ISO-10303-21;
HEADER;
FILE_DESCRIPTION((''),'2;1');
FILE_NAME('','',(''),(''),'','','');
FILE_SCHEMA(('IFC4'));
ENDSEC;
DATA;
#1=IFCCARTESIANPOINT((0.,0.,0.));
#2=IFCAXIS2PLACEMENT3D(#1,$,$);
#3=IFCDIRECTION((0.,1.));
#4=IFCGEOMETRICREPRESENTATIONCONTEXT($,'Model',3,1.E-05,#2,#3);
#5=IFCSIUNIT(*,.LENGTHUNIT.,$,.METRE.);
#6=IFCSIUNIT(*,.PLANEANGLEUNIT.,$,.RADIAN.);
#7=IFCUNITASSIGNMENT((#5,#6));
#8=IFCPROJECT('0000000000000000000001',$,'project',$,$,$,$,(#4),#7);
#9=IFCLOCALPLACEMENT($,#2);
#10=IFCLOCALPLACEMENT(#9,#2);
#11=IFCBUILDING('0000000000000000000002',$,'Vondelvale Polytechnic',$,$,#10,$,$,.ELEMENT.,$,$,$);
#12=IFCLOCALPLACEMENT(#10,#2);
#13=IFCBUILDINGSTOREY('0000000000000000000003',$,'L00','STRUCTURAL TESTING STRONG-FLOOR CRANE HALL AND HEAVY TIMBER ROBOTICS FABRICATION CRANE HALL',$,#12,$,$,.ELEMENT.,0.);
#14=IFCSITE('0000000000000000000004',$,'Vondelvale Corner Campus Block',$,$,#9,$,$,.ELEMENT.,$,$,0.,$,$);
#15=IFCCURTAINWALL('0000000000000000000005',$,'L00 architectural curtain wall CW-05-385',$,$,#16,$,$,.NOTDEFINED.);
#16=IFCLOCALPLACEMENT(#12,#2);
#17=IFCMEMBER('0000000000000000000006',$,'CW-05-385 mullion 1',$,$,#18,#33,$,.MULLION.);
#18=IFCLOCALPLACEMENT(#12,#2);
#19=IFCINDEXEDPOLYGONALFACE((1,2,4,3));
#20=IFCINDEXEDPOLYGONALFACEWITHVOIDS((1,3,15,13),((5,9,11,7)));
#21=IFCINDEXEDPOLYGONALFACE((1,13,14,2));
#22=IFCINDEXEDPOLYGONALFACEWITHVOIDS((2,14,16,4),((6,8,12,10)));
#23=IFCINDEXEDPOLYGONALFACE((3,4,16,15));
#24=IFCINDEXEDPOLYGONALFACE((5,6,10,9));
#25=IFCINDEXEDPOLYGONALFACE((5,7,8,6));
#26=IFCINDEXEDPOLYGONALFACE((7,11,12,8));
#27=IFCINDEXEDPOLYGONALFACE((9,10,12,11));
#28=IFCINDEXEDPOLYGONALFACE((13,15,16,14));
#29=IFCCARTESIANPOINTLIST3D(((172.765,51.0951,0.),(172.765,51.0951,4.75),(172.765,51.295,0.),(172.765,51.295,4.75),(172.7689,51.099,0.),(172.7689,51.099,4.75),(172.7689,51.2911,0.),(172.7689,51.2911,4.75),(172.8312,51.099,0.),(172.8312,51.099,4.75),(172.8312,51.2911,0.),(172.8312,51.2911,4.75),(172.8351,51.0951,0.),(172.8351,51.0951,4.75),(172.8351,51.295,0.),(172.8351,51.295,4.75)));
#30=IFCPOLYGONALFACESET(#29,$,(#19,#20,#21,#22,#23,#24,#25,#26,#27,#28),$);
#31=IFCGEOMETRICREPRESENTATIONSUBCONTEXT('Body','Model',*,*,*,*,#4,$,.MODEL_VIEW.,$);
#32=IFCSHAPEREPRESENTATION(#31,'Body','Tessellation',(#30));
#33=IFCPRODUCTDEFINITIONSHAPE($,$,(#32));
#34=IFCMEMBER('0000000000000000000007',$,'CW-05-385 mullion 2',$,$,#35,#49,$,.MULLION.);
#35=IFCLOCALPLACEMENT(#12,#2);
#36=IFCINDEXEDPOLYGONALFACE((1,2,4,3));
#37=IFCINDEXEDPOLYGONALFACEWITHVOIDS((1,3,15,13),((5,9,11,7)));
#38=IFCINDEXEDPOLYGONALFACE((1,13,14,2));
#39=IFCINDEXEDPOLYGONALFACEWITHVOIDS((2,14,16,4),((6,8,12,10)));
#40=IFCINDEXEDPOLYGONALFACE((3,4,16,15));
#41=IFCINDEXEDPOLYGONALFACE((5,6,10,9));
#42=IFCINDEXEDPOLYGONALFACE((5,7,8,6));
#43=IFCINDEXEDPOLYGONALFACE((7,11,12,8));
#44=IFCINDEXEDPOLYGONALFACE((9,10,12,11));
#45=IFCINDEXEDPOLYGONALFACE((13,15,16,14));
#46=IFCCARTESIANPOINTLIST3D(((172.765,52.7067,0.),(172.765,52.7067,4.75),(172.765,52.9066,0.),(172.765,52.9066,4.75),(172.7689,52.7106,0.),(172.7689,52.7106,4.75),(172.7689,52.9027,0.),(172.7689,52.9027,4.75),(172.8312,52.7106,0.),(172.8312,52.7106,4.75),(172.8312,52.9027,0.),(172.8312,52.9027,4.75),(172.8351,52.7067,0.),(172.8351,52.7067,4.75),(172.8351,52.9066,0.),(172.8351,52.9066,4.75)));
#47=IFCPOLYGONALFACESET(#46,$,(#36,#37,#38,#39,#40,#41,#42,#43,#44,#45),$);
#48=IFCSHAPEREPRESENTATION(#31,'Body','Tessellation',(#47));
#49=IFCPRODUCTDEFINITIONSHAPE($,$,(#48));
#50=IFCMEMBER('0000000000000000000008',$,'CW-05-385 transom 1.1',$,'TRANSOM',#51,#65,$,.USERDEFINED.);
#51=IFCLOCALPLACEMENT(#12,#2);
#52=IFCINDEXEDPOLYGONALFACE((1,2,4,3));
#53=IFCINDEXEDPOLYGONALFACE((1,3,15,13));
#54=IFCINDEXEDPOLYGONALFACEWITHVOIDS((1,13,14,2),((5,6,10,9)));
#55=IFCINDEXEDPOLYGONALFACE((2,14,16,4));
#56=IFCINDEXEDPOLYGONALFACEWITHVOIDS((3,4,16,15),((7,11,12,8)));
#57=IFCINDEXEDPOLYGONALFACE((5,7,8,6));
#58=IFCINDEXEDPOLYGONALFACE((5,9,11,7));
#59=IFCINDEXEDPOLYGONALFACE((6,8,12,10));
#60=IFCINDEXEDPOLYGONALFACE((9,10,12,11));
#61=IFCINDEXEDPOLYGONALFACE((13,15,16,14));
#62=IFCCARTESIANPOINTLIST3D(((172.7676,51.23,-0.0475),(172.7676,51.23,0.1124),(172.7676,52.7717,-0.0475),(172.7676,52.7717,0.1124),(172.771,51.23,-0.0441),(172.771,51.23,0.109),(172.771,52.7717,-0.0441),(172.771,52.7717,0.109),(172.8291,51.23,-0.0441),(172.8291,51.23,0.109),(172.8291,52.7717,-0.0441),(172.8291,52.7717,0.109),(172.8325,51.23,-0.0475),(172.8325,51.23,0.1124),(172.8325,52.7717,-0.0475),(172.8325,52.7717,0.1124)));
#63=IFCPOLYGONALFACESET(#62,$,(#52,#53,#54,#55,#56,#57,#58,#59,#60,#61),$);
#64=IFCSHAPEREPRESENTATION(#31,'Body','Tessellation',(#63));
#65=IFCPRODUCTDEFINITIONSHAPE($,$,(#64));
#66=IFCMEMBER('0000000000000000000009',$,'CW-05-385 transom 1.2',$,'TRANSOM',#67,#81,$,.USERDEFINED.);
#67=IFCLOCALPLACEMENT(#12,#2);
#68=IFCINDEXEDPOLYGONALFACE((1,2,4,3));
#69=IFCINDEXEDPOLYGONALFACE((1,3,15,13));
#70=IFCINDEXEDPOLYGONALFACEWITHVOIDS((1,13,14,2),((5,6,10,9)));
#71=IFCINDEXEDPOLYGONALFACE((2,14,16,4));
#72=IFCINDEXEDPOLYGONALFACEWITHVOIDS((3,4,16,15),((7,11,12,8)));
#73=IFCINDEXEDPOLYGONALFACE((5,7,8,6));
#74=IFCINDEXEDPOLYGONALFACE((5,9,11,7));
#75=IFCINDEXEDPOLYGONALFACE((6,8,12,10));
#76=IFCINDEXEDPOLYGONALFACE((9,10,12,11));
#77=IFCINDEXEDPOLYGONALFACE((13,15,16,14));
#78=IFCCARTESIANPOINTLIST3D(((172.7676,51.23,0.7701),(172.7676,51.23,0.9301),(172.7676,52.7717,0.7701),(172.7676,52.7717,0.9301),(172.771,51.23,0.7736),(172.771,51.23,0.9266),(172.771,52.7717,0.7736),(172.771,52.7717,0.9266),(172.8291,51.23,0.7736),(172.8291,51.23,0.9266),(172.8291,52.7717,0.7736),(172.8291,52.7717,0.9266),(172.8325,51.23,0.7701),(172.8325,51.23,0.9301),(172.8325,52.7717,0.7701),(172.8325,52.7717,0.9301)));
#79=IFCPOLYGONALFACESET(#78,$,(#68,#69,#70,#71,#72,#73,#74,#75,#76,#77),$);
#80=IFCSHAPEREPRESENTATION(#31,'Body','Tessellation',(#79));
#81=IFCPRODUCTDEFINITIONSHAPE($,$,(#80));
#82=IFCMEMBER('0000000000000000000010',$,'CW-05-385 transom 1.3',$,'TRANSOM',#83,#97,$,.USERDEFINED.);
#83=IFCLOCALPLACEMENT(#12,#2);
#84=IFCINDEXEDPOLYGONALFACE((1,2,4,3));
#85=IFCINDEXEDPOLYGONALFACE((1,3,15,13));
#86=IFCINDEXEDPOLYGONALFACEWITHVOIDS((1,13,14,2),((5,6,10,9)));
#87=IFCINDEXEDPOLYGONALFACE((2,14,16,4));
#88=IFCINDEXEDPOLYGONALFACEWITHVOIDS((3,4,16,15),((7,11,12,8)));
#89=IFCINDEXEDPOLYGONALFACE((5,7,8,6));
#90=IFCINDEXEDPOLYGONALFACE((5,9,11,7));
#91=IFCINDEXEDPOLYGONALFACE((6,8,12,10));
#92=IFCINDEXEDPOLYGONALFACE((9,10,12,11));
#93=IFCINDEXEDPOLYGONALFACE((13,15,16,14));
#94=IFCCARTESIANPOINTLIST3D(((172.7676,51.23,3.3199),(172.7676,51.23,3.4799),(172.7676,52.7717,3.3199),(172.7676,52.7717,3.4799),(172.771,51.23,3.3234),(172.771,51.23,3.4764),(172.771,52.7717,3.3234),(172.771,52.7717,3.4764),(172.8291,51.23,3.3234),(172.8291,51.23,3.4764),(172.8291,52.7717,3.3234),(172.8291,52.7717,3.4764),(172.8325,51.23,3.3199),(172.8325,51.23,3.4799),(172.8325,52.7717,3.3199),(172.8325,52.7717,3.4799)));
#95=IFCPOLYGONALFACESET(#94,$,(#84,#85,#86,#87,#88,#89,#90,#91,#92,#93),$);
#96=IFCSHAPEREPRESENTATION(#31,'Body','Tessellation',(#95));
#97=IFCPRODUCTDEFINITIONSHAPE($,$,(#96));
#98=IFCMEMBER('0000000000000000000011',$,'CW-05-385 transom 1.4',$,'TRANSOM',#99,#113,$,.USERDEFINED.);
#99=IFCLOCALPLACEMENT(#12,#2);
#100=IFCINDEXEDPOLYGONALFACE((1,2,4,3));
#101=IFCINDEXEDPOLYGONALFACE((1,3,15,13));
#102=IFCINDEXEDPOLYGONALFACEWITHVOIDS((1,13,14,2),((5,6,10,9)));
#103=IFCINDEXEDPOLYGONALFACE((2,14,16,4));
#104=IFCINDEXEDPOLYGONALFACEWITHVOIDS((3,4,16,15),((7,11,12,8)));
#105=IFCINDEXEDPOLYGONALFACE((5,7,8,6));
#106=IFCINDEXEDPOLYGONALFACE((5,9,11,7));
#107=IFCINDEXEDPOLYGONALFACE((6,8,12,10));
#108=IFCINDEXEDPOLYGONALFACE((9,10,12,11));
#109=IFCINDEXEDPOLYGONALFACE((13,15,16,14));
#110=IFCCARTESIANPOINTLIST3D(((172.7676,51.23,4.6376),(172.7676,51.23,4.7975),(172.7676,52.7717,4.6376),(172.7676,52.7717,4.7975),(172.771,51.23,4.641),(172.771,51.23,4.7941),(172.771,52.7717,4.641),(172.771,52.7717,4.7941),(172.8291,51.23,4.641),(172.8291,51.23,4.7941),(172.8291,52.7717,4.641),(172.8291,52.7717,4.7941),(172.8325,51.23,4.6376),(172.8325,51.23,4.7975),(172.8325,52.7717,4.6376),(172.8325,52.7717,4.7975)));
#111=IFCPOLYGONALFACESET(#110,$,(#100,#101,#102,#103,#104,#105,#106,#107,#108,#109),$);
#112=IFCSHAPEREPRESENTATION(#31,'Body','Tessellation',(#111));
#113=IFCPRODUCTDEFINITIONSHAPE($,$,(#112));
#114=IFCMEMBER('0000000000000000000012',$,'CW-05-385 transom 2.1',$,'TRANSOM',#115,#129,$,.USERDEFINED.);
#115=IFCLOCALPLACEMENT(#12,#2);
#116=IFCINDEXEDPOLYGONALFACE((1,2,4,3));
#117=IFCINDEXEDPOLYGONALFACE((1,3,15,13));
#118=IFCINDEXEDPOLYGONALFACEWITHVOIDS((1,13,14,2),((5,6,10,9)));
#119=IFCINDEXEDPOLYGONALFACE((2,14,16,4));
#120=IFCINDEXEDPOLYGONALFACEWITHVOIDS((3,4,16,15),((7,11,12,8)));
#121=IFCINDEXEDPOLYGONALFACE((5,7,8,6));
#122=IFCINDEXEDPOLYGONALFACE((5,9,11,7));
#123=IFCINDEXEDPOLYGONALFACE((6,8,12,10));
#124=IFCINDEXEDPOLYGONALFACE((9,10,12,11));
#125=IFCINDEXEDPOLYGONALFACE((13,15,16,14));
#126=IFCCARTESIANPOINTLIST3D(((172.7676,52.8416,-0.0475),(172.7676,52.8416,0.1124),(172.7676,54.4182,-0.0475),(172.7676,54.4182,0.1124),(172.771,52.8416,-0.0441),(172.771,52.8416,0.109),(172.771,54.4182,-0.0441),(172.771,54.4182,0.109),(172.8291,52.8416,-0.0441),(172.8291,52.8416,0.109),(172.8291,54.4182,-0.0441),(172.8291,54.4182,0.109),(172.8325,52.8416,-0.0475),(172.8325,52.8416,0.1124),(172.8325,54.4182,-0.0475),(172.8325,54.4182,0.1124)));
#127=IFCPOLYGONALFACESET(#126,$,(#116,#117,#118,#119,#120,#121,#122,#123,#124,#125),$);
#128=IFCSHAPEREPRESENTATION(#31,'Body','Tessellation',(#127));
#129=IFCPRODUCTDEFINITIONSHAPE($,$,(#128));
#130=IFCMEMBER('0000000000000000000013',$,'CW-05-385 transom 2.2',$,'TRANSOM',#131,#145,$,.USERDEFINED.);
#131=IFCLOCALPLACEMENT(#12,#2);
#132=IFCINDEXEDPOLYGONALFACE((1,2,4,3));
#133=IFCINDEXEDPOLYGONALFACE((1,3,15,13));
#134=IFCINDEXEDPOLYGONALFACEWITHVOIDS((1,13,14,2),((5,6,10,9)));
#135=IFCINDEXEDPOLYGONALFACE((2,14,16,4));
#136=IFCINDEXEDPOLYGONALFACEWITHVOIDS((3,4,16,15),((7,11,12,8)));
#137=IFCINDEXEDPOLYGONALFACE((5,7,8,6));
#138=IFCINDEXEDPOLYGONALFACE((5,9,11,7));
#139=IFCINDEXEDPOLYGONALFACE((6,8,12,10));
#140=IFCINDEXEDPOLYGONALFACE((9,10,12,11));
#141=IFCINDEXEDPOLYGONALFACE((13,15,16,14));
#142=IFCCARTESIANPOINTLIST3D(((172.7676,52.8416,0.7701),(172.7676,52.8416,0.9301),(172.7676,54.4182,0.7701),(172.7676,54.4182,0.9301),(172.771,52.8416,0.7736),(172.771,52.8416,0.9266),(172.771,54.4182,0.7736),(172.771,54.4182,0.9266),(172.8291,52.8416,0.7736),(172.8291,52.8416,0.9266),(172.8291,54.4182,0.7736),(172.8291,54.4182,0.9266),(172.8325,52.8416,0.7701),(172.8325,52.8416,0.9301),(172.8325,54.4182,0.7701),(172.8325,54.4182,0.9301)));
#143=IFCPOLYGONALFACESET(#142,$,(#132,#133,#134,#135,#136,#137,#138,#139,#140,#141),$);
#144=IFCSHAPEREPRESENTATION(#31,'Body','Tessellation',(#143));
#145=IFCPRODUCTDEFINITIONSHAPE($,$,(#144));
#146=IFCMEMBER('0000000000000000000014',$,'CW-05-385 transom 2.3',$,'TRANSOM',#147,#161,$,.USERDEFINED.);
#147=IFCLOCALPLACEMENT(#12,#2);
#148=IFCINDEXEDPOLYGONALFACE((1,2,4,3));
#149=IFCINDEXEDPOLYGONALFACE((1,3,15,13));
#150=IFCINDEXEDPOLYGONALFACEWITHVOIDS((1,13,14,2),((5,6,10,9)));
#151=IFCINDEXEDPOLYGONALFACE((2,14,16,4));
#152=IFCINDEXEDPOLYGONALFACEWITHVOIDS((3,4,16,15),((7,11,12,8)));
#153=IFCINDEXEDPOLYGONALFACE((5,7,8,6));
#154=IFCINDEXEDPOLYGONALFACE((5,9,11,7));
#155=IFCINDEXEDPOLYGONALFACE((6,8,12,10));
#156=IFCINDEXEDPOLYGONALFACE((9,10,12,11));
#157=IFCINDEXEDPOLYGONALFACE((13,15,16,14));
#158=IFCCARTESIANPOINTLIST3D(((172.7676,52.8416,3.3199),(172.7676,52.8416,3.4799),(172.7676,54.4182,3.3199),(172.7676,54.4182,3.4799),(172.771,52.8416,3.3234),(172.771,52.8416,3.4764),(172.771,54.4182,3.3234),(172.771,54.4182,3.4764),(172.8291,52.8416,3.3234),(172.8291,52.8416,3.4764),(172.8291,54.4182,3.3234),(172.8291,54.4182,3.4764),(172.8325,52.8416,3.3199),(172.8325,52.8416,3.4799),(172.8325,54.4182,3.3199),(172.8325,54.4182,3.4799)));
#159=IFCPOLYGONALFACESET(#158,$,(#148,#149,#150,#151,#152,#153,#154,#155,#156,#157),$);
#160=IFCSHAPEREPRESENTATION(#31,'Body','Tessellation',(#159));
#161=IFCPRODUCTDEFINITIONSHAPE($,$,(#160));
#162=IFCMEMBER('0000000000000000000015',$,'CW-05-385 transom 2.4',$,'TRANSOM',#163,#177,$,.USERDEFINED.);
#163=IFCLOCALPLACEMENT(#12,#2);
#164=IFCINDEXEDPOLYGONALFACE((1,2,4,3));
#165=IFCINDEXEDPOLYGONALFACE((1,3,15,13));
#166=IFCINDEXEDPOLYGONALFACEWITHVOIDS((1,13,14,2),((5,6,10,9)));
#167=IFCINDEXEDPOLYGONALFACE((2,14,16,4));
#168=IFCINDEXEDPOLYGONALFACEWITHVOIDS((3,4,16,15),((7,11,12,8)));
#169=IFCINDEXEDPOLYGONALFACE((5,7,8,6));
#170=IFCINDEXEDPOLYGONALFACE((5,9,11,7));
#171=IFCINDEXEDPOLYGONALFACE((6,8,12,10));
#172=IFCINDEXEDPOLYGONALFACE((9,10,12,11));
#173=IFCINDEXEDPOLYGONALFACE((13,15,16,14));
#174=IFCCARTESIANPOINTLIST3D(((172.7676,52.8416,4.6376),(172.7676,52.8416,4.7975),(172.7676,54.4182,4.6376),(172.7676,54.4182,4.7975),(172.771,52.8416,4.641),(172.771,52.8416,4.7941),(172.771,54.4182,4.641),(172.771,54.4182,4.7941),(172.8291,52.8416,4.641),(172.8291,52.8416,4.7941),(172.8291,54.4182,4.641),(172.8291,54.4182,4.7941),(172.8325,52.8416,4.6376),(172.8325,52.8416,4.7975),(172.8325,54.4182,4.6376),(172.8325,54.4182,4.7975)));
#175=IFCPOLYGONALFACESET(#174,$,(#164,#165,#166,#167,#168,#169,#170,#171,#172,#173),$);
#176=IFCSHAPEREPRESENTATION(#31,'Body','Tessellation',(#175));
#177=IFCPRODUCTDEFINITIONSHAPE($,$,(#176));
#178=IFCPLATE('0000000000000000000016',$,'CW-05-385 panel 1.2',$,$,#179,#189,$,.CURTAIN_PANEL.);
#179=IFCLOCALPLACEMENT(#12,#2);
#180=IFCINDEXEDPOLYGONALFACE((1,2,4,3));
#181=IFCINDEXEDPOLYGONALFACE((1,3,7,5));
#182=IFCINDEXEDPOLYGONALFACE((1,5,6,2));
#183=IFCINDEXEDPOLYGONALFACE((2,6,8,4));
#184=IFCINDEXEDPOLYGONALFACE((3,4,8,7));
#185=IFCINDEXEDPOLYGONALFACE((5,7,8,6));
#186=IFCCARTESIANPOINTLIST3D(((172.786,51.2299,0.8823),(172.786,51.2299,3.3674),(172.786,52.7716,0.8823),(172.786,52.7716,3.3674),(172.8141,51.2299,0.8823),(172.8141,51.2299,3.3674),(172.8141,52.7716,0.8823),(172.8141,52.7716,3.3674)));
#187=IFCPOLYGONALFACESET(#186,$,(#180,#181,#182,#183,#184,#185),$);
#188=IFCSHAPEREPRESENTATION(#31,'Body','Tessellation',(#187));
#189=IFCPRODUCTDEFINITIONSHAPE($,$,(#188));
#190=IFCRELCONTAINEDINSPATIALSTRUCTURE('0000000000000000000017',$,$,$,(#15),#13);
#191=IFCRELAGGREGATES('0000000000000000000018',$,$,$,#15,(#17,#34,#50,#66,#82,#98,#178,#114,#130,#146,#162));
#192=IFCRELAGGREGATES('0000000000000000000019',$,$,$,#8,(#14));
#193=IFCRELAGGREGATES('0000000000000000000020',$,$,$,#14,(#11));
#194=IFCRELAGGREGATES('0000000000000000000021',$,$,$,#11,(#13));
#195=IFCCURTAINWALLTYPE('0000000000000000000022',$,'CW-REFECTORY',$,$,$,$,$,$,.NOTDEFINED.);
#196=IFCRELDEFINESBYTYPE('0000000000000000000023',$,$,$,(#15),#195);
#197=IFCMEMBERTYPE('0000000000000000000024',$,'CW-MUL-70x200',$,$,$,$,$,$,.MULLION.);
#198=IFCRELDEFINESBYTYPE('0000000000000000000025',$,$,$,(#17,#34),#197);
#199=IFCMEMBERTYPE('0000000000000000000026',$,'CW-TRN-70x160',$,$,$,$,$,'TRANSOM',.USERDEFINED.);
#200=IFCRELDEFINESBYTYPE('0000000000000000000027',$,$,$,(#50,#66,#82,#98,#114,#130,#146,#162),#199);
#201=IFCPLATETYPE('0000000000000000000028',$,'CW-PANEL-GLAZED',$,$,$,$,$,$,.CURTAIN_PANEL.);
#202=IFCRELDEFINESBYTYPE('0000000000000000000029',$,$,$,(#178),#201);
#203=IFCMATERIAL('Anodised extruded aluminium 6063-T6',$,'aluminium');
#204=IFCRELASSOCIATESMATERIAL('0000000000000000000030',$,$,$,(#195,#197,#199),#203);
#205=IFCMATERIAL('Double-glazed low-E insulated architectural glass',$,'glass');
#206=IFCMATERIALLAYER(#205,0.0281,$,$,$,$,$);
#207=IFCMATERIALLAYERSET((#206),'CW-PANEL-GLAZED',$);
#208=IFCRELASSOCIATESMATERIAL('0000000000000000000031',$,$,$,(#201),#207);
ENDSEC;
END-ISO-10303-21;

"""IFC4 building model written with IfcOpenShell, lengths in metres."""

from ifc_helpers import new_model, si_unit, direction, frame, origin, origin_2d, place, context, subcontext, project, spatial, rectangle, hollow_rectangle, extrude, material, layer, layer_set, material_profile, profile_set, type_object, element, aggregate, save


model = new_model("IFC4")

# Units and contexts
model_context = context("Model", 3, precision=1e-05, world=origin(), true_north=direction((0.0, 1.0)))
body_context = subcontext(model_context, "Body", "Model", "MODEL_VIEW")
ifc_project = project(units=[si_unit("LENGTHUNIT", "METRE"), si_unit("PLANEANGLEUNIT", "RADIAN")], contexts=[model_context])

# Site, building, storey
site_placement = place(None, origin())
site = spatial("IfcSite", under=ifc_project, at=site_placement, Name="Vondelvale Corner Campus Block", CompositionType="ELEMENT", RefElevation=0.0)
building_placement = place(site_placement, origin())
building = spatial("IfcBuilding", under=site, at=building_placement, Name="Vondelvale Polytechnic", CompositionType="ELEMENT")
storey_placement = place(building_placement, origin())
storey = spatial("IfcBuildingStorey", under=building, at=storey_placement, Name="L00", Description="STRUCTURAL TESTING STRONG-FLOOR CRANE HALL AND HEAVY TIMBER ROBOTICS FABRICATION CRANE HALL", CompositionType="ELEMENT", Elevation=0.0)

# Curtain wall, members, plate
ifc_material_1 = material(Name="Anodised extruded aluminium 6063-T6", Category="aluminium")
curtain_wall_type = type_object("IfcCurtainWallType", Name="CW-REFECTORY", PredefinedType="NOTDEFINED", material=ifc_material_1)
curtain_wall_placement = place(storey_placement, origin())
curtain_wall = element("IfcCurtainWall", 1, at=curtain_wall_placement, inside=storey, type_object=curtain_wall_type, Name="L00 architectural curtain wall CW-05-385", PredefinedType="NOTDEFINED")
ifc_material_profile_1 = material_profile(ifc_material_1, hollow_rectangle(XDim=0.0701, YDim=0.2, WallThickness=0.0039, at=origin_2d()), Name="CW-MUL-200x70")
ifc_profile_set_1 = profile_set([ifc_material_profile_1], Name="Anodised extruded aluminium 6063-T6")
member_type_1 = type_object("IfcMemberType", Name="CW-MUL-70x200", PredefinedType="MULLION", material=ifc_profile_set_1)
member_1_placement = place(storey_placement, frame((172.8, 51.1951, 0.0), z_axis=(0.0, 0.0, 1.0), x_axis=(-1.0, 0.0, 0.0)))
member_1 = element("IfcMember", 2, at=member_1_placement, type_object=member_type_1, Name="CW-05-385 mullion 1", PredefinedType="MULLION", context=body_context, shape_type="SweptSolid", body=[
    extrude(hollow_rectangle(XDim=0.0701, YDim=0.2, WallThickness=0.0039, at=origin_2d()), origin(), (0.0, 0.0, 1.0), 4.75),
])
member_2_placement = place(storey_placement, frame((172.8, 52.8066, 0.0), z_axis=(0.0, 0.0, 1.0), x_axis=(-1.0, 0.0, 0.0)))
member_2 = element("IfcMember", 3, at=member_2_placement, type_object=member_type_1, Name="CW-05-385 mullion 2", PredefinedType="MULLION", context=body_context, shape_type="SweptSolid", body=[
    extrude(hollow_rectangle(XDim=0.0701, YDim=0.2, WallThickness=0.0039, at=origin_2d()), origin(), (0.0, 0.0, 1.0), 4.75),
])
ifc_material_profile_2 = material_profile(ifc_material_1, hollow_rectangle(XDim=0.0649, YDim=0.1599, WallThickness=0.0034, at=origin_2d()), Name="CW-TRN-160x65")
ifc_profile_set_2 = profile_set([ifc_material_profile_2], Name="Anodised extruded aluminium 6063-T6")
member_type_2 = type_object("IfcMemberType", Name="CW-TRN-70x160", ElementType="TRANSOM", PredefinedType="USERDEFINED", material=ifc_profile_set_2)
member_3_placement = place(storey_placement, frame((172.8, 51.23, 0.0325), z_axis=(0.0, 1.0, 0.0), x_axis=(-1.0, 0.0, 0.0)))
member_3 = element("IfcMember", 4, at=member_3_placement, type_object=member_type_2, Name="CW-05-385 transom 1.1", ObjectType="TRANSOM", PredefinedType="USERDEFINED", context=body_context, shape_type="SweptSolid", body=[
    extrude(hollow_rectangle(XDim=0.0649, YDim=0.1599, WallThickness=0.0034, at=origin_2d()), origin(), (0.0, 0.0, 1.0), 1.5417),
])
member_4_placement = place(storey_placement, frame((172.8, 51.23, 0.8501), z_axis=(0.0, 1.0, 0.0), x_axis=(-1.0, 0.0, 0.0)))
member_4 = element("IfcMember", 5, at=member_4_placement, type_object=member_type_2, Name="CW-05-385 transom 1.2", ObjectType="TRANSOM", PredefinedType="USERDEFINED", context=body_context, shape_type="SweptSolid", body=[
    extrude(hollow_rectangle(XDim=0.0649, YDim=0.1599, WallThickness=0.0034, at=origin_2d()), origin(), (0.0, 0.0, 1.0), 1.5417),
])
member_5_placement = place(storey_placement, frame((172.8, 51.23, 3.3999), z_axis=(0.0, 1.0, 0.0), x_axis=(-1.0, 0.0, 0.0)))
member_5 = element("IfcMember", 6, at=member_5_placement, type_object=member_type_2, Name="CW-05-385 transom 1.3", ObjectType="TRANSOM", PredefinedType="USERDEFINED", context=body_context, shape_type="SweptSolid", body=[
    extrude(hollow_rectangle(XDim=0.0649, YDim=0.1599, WallThickness=0.0034, at=origin_2d()), origin(), (0.0, 0.0, 1.0), 1.5417),
])
member_6_placement = place(storey_placement, frame((172.8, 51.23, 4.7175), z_axis=(0.0, 1.0, 0.0), x_axis=(-1.0, 0.0, 0.0)))
member_6 = element("IfcMember", 7, at=member_6_placement, type_object=member_type_2, Name="CW-05-385 transom 1.4", ObjectType="TRANSOM", PredefinedType="USERDEFINED", context=body_context, shape_type="SweptSolid", body=[
    extrude(hollow_rectangle(XDim=0.0649, YDim=0.1599, WallThickness=0.0034, at=origin_2d()), origin(), (0.0, 0.0, 1.0), 1.5417),
])
member_7_placement = place(storey_placement, frame((172.8, 52.8416, 0.0325), z_axis=(0.0, 1.0, 0.0), x_axis=(-1.0, 0.0, 0.0)))
member_7 = element("IfcMember", 8, at=member_7_placement, type_object=member_type_2, Name="CW-05-385 transom 2.1", ObjectType="TRANSOM", PredefinedType="USERDEFINED", context=body_context, shape_type="SweptSolid", body=[
    extrude(hollow_rectangle(XDim=0.0649, YDim=0.1599, WallThickness=0.0034, at=origin_2d()), origin(), (0.0, 0.0, 1.0), 1.5767),
])
member_8_placement = place(storey_placement, frame((172.8, 52.8416, 0.8501), z_axis=(0.0, 1.0, 0.0), x_axis=(-1.0, 0.0, 0.0)))
member_8 = element("IfcMember", 9, at=member_8_placement, type_object=member_type_2, Name="CW-05-385 transom 2.2", ObjectType="TRANSOM", PredefinedType="USERDEFINED", context=body_context, shape_type="SweptSolid", body=[
    extrude(hollow_rectangle(XDim=0.0649, YDim=0.1599, WallThickness=0.0034, at=origin_2d()), origin(), (0.0, 0.0, 1.0), 1.5767),
])
member_9_placement = place(storey_placement, frame((172.8, 52.8416, 3.3999), z_axis=(0.0, 1.0, 0.0), x_axis=(-1.0, 0.0, 0.0)))
member_9 = element("IfcMember", 10, at=member_9_placement, type_object=member_type_2, Name="CW-05-385 transom 2.3", ObjectType="TRANSOM", PredefinedType="USERDEFINED", context=body_context, shape_type="SweptSolid", body=[
    extrude(hollow_rectangle(XDim=0.0649, YDim=0.1599, WallThickness=0.0034, at=origin_2d()), origin(), (0.0, 0.0, 1.0), 1.5767),
])
member_10_placement = place(storey_placement, frame((172.8, 52.8416, 4.7175), z_axis=(0.0, 1.0, 0.0), x_axis=(-1.0, 0.0, 0.0)))
member_10 = element("IfcMember", 11, at=member_10_placement, type_object=member_type_2, Name="CW-05-385 transom 2.4", ObjectType="TRANSOM", PredefinedType="USERDEFINED", context=body_context, shape_type="SweptSolid", body=[
    extrude(hollow_rectangle(XDim=0.0649, YDim=0.1599, WallThickness=0.0034, at=origin_2d()), origin(), (0.0, 0.0, 1.0), 1.5767),
])
ifc_material_2 = material(Name="Double-glazed low-E insulated architectural glass", Category="glass")
ifc_layer_1 = layer(ifc_material_2, 0.0281)
ifc_layer_set_1 = layer_set([ifc_layer_1], Name="CW-PANEL-GLAZED")
plate_type_1 = type_object("IfcPlateType", Name="CW-PANEL-GLAZED", PredefinedType="CURTAIN_PANEL", material=ifc_layer_set_1)
plate_1_placement = place(storey_placement, frame((172.8, 52.0007, 0.8823), z_axis=(0.0, 0.0, 1.0), x_axis=(0.0, 1.0, 0.0)))
plate_1 = element("IfcPlate", 12, at=plate_1_placement, type_object=plate_type_1, Name="CW-05-385 panel 1.2", PredefinedType="CURTAIN_PANEL", context=body_context, shape_type="SweptSolid", body=[
    extrude(rectangle(XDim=1.5417, YDim=0.0281, at=origin_2d()), origin(), (0.0, 0.0, 1.0), 2.4851),
])
aggregate(curtain_wall, [member_1, member_2, member_3, member_4, member_5, member_6, plate_1, member_7, member_8, member_9, member_10])

save(model, "model.ifc")
